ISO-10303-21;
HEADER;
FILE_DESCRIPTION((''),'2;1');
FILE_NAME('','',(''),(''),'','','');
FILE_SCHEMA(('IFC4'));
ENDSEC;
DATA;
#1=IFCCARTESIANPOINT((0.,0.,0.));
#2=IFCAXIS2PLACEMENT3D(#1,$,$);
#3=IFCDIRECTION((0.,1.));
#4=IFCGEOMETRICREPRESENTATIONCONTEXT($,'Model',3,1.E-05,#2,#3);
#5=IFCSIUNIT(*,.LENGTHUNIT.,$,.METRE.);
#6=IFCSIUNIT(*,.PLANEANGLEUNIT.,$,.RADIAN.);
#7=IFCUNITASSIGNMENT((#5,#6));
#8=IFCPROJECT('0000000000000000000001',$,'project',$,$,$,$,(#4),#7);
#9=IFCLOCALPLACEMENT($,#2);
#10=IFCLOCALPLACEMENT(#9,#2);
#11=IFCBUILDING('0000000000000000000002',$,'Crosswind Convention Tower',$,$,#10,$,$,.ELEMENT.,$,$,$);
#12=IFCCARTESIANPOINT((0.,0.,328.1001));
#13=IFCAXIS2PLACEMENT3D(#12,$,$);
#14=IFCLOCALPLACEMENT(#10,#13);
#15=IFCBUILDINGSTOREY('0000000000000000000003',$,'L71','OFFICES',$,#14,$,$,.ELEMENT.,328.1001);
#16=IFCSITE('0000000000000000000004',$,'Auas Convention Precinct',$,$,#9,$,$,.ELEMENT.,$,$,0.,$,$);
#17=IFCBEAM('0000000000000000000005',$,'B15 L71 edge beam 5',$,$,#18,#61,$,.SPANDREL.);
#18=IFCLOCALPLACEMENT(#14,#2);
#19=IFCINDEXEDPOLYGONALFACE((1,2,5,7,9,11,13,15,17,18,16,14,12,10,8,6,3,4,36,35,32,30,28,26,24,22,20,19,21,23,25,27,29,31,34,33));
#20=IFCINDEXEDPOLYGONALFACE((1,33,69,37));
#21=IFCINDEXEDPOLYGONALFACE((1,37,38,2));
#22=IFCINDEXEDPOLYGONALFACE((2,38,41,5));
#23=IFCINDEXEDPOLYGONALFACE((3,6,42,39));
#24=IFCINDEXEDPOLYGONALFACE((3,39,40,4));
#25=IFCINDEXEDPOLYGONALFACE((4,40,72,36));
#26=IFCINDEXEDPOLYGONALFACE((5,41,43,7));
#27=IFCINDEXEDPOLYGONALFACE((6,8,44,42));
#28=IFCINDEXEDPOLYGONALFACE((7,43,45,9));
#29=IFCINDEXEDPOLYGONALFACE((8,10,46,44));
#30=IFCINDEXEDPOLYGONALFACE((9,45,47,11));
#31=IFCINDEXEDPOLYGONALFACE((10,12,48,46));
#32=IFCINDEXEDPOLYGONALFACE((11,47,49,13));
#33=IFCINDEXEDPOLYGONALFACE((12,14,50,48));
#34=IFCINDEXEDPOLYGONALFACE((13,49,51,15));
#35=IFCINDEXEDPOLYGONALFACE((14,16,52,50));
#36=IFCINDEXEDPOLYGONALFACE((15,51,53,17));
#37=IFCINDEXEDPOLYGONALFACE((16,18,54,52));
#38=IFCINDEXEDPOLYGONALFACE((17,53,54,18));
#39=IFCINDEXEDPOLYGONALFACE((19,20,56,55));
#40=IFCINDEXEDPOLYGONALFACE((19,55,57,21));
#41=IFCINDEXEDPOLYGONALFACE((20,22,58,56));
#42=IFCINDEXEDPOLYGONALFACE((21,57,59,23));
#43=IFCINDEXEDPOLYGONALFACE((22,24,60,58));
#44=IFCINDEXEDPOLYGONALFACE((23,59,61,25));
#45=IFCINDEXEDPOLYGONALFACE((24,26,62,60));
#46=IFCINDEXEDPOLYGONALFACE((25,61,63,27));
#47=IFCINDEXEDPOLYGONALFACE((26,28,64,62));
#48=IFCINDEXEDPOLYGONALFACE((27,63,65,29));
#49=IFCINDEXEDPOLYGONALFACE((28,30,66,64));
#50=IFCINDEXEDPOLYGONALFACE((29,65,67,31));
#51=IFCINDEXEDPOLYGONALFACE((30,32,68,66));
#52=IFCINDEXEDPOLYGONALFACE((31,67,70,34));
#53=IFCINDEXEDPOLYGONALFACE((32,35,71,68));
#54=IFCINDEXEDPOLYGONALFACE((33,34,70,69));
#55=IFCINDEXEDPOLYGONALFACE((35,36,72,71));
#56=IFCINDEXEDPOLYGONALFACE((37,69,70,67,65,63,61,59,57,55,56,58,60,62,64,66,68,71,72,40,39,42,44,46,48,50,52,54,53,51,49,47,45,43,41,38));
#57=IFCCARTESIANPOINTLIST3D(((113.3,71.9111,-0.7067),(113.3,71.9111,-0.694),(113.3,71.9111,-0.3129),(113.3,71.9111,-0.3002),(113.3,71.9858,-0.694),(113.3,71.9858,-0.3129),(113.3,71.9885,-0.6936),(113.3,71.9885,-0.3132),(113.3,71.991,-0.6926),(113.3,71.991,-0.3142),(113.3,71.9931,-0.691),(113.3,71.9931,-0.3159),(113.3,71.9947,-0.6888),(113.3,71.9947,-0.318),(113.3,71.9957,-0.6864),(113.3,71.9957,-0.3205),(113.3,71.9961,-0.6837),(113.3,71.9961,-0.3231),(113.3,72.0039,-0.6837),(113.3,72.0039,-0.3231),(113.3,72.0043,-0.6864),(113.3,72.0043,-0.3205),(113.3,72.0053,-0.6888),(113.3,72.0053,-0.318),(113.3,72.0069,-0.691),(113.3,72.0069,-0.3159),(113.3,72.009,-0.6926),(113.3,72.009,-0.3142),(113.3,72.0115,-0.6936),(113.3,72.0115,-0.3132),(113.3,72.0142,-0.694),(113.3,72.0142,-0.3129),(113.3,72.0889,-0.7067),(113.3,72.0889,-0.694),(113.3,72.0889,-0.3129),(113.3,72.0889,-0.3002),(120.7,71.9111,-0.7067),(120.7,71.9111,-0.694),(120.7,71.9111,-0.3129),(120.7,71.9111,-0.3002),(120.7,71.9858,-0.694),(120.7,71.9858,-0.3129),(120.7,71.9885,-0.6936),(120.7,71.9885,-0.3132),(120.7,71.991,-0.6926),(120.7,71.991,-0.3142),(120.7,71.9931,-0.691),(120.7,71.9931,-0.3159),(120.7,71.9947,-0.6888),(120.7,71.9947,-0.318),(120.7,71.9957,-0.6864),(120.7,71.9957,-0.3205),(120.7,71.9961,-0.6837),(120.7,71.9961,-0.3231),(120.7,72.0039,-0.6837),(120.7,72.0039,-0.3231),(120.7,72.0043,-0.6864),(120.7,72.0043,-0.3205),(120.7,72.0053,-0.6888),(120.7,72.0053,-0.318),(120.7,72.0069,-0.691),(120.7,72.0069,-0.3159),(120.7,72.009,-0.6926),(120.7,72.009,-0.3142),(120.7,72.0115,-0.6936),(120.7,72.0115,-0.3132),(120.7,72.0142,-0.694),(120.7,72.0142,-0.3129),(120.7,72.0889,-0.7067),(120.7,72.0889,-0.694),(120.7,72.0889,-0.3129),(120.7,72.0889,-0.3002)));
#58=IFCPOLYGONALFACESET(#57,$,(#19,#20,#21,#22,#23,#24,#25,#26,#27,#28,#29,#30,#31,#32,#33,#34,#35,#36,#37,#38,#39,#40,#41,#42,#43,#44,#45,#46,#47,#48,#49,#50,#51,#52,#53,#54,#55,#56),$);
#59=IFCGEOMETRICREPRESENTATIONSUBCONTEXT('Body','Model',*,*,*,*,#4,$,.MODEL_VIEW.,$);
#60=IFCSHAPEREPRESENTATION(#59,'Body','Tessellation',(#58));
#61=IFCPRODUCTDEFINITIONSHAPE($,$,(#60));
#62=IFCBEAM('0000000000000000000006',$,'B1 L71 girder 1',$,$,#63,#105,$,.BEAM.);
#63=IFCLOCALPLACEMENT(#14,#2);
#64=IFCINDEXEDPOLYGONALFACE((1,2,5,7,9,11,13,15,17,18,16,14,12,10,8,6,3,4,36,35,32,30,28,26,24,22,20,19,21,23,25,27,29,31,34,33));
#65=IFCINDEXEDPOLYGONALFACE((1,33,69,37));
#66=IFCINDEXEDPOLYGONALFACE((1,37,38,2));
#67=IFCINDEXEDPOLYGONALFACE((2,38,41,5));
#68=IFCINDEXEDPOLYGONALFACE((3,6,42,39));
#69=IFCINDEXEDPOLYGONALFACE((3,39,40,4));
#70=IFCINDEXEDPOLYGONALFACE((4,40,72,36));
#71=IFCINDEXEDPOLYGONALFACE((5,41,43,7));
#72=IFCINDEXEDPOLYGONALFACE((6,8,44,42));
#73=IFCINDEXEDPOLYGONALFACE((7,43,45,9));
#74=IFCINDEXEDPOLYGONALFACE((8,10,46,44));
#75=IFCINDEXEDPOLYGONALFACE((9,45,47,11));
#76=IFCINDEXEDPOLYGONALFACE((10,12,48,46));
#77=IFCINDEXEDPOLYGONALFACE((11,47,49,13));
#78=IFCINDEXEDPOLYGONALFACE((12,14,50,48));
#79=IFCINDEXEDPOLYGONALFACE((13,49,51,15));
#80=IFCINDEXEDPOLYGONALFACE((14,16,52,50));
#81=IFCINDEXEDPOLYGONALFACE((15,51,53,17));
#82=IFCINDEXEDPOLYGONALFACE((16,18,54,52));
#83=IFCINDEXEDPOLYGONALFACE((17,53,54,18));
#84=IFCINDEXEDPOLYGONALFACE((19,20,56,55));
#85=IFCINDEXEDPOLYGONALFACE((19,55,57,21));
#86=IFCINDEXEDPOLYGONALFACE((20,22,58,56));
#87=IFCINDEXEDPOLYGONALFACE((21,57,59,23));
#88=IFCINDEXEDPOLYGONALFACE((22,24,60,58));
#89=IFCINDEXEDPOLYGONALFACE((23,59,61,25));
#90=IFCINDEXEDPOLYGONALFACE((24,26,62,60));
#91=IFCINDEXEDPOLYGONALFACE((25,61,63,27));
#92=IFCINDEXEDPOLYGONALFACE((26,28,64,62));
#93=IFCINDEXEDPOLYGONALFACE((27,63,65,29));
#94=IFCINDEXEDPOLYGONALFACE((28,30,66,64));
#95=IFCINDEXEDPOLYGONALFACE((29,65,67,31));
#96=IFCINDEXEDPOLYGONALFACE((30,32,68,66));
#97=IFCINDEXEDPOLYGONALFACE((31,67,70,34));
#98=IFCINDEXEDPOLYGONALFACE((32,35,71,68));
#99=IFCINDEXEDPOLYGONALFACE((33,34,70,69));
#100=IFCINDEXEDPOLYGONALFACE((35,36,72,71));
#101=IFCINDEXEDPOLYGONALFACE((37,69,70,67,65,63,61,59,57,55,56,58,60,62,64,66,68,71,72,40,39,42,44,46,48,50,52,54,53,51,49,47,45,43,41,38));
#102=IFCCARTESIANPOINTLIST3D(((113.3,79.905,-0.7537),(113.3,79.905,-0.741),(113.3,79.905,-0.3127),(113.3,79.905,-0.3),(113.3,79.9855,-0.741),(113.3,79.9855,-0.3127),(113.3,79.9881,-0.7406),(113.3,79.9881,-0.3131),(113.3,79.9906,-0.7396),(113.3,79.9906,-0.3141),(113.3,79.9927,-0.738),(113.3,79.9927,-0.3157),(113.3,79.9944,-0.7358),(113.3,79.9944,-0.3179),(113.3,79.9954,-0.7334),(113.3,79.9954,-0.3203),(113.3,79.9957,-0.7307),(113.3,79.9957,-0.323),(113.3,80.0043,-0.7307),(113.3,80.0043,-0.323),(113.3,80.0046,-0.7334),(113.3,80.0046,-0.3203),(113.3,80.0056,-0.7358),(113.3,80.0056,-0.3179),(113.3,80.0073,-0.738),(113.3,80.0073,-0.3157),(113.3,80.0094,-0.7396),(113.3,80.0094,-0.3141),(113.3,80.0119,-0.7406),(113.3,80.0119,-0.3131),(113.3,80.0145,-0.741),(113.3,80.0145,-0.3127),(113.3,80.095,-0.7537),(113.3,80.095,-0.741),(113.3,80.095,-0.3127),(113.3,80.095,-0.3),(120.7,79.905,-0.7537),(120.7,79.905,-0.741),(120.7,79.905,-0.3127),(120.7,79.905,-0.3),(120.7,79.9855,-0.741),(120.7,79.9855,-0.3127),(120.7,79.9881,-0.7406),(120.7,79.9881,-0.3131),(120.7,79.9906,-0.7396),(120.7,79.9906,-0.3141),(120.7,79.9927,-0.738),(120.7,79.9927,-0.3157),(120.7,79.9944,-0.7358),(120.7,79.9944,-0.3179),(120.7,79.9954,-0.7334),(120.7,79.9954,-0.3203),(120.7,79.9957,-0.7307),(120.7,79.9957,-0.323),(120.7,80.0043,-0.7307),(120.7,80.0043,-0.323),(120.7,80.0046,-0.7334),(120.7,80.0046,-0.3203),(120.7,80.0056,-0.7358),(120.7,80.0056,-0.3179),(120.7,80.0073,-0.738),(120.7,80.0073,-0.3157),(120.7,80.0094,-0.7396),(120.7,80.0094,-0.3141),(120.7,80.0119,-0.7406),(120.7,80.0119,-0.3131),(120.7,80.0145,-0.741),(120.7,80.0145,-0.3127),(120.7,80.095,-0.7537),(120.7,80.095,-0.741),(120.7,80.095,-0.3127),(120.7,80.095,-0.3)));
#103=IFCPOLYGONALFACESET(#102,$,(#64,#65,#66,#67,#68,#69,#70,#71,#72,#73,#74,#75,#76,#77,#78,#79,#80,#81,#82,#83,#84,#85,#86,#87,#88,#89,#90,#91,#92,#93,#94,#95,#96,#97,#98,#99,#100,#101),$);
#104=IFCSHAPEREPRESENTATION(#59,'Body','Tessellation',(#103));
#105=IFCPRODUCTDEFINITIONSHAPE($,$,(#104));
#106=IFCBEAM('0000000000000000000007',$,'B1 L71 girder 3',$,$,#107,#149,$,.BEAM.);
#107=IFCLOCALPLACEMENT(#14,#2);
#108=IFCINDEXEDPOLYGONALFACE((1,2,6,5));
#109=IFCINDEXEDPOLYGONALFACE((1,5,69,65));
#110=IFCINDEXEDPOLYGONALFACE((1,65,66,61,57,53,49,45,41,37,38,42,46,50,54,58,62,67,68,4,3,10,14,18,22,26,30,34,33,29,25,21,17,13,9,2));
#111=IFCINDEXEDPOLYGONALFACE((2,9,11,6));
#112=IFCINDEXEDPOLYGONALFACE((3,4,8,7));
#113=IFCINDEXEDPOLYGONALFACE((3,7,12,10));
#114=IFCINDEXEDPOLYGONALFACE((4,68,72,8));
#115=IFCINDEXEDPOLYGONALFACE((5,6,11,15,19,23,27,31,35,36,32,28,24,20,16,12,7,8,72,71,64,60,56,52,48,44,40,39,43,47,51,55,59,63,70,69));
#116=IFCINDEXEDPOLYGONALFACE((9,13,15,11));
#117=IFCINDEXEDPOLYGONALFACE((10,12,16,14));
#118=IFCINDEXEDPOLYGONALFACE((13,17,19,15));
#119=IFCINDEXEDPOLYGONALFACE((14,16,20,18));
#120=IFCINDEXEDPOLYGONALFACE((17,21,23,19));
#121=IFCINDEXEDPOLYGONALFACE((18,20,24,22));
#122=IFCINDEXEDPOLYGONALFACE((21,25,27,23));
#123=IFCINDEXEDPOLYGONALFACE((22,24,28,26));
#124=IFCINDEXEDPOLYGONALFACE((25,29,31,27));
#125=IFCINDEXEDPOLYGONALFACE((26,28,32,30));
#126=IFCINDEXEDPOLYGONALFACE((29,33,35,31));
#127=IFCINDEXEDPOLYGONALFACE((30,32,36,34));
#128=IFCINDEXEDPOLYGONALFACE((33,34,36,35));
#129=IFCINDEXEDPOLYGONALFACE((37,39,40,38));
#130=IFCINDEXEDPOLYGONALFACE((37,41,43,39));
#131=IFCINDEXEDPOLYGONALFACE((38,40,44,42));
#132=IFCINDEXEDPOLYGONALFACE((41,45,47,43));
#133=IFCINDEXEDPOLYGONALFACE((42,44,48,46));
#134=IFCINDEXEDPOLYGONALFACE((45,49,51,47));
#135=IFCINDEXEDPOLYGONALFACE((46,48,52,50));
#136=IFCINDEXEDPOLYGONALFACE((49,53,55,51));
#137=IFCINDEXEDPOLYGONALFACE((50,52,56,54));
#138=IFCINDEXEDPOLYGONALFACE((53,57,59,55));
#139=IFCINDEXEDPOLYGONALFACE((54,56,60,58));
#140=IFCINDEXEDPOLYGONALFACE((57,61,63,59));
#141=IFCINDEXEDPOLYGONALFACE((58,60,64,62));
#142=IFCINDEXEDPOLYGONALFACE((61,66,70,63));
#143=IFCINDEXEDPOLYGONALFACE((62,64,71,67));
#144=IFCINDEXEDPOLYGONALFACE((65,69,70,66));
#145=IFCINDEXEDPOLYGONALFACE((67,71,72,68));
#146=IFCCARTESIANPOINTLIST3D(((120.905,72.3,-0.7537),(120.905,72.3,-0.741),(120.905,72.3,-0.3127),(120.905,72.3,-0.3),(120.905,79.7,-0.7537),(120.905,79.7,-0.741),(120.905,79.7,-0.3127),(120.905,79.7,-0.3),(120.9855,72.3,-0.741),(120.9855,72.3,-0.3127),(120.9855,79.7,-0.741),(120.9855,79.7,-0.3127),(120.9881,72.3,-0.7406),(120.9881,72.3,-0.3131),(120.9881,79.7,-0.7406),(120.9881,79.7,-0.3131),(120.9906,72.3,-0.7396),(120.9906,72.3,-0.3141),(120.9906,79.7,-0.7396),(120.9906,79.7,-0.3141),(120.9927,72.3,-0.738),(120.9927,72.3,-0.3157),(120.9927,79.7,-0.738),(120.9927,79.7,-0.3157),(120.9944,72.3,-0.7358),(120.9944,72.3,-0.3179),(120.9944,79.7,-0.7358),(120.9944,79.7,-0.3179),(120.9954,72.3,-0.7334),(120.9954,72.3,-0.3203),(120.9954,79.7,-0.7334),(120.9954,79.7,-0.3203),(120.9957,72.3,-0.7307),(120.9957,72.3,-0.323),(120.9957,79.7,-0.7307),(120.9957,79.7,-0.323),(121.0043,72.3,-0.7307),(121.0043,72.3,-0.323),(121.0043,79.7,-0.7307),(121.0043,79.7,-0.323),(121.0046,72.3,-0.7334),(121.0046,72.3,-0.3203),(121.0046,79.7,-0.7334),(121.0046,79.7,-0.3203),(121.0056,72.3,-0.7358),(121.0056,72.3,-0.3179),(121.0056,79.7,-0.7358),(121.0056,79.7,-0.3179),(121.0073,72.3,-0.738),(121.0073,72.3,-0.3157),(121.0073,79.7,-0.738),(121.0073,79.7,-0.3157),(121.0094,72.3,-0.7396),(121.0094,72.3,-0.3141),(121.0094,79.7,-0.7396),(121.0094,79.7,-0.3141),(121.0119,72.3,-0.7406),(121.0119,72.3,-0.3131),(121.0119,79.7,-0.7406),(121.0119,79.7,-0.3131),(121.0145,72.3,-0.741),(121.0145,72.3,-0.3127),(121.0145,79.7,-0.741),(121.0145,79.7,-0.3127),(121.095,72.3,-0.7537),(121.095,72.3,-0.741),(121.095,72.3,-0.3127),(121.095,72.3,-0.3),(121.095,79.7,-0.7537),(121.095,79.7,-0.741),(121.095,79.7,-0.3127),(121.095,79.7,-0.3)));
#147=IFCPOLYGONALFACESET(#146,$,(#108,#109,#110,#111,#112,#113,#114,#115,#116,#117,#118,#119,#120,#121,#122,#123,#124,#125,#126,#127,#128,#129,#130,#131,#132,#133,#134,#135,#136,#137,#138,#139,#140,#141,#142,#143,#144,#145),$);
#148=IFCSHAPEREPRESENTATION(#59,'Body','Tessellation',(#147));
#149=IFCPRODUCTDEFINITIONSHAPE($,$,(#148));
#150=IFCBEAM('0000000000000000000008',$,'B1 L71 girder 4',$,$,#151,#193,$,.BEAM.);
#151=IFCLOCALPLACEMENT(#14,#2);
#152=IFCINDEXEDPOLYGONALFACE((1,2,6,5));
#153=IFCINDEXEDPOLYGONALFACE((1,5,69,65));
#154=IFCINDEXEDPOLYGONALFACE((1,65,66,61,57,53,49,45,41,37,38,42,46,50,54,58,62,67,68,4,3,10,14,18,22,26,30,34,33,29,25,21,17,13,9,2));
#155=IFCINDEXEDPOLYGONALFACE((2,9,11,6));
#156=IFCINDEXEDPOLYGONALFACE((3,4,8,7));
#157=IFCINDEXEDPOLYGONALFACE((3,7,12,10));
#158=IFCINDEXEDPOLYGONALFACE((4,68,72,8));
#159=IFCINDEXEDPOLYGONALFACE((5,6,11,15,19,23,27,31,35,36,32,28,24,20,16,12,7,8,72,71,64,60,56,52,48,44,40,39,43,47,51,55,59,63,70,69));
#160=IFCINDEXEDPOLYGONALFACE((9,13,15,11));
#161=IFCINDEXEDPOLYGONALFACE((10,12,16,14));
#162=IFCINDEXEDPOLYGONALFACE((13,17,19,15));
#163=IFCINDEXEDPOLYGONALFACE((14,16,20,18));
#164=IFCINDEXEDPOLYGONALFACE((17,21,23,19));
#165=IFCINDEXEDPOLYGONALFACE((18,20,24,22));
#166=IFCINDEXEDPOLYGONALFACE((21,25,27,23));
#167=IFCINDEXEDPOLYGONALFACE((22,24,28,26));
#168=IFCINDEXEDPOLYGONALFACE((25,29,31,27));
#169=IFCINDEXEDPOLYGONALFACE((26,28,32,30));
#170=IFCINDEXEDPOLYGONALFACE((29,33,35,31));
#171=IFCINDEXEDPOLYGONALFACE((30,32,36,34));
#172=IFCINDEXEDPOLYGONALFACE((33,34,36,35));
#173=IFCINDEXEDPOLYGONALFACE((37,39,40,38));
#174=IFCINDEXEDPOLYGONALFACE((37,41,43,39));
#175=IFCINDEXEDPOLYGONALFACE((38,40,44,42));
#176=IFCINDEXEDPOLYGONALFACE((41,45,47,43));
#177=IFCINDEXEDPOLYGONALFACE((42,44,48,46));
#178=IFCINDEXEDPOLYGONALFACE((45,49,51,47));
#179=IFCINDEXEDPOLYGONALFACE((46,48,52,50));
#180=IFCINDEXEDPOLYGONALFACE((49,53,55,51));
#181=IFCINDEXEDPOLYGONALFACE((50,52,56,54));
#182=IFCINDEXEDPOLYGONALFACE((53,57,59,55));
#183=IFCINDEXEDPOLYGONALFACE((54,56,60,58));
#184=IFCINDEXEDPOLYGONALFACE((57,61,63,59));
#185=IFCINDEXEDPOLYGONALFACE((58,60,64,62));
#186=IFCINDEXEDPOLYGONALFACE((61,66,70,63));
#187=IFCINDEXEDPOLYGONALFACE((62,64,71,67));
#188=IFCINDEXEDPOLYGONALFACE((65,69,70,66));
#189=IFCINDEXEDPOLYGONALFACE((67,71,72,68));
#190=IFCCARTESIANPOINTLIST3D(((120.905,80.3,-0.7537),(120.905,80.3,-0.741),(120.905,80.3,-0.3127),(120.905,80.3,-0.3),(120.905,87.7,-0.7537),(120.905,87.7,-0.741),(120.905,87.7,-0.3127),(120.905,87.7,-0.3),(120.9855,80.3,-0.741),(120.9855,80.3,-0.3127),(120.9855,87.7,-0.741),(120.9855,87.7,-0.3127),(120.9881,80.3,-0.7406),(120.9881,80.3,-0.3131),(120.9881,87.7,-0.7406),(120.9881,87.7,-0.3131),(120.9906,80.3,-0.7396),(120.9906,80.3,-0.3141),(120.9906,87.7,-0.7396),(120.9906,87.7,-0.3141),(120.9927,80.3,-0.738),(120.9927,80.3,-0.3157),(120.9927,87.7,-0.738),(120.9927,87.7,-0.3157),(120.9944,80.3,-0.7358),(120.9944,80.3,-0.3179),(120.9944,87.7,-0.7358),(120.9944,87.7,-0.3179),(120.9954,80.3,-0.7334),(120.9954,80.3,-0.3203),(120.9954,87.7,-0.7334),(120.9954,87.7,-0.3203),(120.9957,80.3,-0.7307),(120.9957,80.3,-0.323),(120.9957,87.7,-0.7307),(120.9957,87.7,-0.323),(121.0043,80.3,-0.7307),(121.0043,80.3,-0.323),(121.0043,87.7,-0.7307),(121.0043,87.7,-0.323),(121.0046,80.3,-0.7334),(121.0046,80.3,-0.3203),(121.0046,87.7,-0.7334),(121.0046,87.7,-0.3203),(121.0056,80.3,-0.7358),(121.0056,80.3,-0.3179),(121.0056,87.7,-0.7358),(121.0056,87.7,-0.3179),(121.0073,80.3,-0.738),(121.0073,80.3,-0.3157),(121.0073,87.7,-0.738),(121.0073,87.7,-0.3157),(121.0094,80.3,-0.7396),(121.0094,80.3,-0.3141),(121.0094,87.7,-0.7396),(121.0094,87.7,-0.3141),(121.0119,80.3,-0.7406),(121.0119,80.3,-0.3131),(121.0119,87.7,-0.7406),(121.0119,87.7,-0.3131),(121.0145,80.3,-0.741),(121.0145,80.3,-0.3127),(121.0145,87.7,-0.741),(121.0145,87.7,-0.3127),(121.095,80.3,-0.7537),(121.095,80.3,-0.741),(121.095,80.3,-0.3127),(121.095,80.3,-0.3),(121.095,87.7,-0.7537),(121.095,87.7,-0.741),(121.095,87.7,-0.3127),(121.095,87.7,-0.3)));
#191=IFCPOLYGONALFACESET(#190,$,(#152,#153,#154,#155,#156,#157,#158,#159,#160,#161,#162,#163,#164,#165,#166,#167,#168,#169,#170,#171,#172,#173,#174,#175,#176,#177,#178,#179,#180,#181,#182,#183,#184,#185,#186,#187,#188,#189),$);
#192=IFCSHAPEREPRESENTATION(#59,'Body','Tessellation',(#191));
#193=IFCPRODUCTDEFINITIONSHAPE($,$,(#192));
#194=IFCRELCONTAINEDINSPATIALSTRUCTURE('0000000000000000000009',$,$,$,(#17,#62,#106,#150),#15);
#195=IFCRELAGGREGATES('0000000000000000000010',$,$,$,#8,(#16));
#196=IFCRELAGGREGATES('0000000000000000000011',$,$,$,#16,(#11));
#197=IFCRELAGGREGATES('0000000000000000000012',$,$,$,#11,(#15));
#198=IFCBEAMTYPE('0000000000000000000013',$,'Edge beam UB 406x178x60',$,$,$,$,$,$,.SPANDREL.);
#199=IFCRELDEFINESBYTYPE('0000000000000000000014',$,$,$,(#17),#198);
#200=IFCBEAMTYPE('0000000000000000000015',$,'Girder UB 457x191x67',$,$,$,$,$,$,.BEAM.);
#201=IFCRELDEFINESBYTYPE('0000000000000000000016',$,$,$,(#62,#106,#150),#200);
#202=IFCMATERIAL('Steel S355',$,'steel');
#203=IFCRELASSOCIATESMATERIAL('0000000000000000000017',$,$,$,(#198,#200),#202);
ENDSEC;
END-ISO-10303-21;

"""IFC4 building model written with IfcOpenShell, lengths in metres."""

from ifc_helpers import new_model, si_unit, direction, frame, origin, origin_2d, place, context, subcontext, project, spatial, i_section, extrude, material, material_profile, profile_set, type_object, element, save


model = new_model("IFC4")

# Units and contexts
model_context = context("Model", 3, precision=1e-05, world=origin(), true_north=direction((0.0, 1.0)))
body_context = subcontext(model_context, "Body", "Model", "MODEL_VIEW")
ifc_project = project(units=[si_unit("LENGTHUNIT", "METRE"), si_unit("PLANEANGLEUNIT", "RADIAN")], contexts=[model_context])

# Site, building, storey
site_placement = place(None, origin())
site = spatial("IfcSite", under=ifc_project, at=site_placement, Name="Auas Convention Precinct", CompositionType="ELEMENT", RefElevation=0.0)
building_placement = place(site_placement, origin())
building = spatial("IfcBuilding", under=site, at=building_placement, Name="Crosswind Convention Tower", CompositionType="ELEMENT")
storey_placement = place(building_placement, frame((0.0, 0.0, 328.1001)))
storey = spatial("IfcBuildingStorey", under=building, at=storey_placement, Name="L71", Description="OFFICES", CompositionType="ELEMENT", Elevation=328.1001)

# Beams
ifc_material_1 = material(Name="Steel S355", Category="steel")
ifc_material_profile_1 = material_profile(ifc_material_1, i_section(OverallWidth=0.1777, OverallDepth=0.4065, WebThickness=0.0078, FlangeThickness=0.0127, FilletRadius=0.0103, at=origin_2d()), Name="UB 406x178x60")
ifc_profile_set_1 = profile_set([ifc_material_profile_1], Name="Steel S355")
beam_type_1 = type_object("IfcBeamType", Name="Edge beam UB 406x178x60", PredefinedType="SPANDREL", material=ifc_profile_set_1)
beam_1_placement = place(storey_placement, frame((113.3, 72.0, -0.5034), z_axis=(1.0, 0.0, 0.0), x_axis=(0.0, 1.0, 0.0)))
element("IfcBeam", 1, at=beam_1_placement, inside=storey, type_object=beam_type_1, Name="B15 L71 edge beam 5", PredefinedType="SPANDREL", context=body_context, shape_type="SweptSolid", body=[
    extrude(i_section(OverallWidth=0.1777, OverallDepth=0.4065, WebThickness=0.0078, FlangeThickness=0.0127, FilletRadius=0.0103, at=origin_2d()), origin(), (0.0, 0.0, 1.0), 7.3999),
])
ifc_material_profile_2 = material_profile(ifc_material_1, i_section(OverallWidth=0.1899, OverallDepth=0.4536, WebThickness=0.0085, FlangeThickness=0.0127, FilletRadius=0.0103, at=origin_2d()), Name="UB 457x191x67")
ifc_profile_set_2 = profile_set([ifc_material_profile_2], Name="Steel S355")
beam_type_2 = type_object("IfcBeamType", Name="Girder UB 457x191x67", PredefinedType="BEAM", material=ifc_profile_set_2)
for number, where, z_axis, x_axis, name in (
    (2, (113.3, 80.0, -0.5269), (1.0, 0.0, 0.0), (0.0, 1.0, 0.0), "B1 L71 girder 1"),
    (3, (121.0, 72.3, -0.5269), (0.0, 1.0, 0.0), (-1.0, 0.0, 0.0), "B1 L71 girder 3"),
    (4, (121.0, 80.3, -0.5269), (0.0, 1.0, 0.0), (-1.0, 0.0, 0.0), "B1 L71 girder 4"),
):
    element("IfcBeam", number, at=place(storey_placement, frame(where, z_axis=z_axis, x_axis=x_axis)), inside=storey, type_object=beam_type_2, Name=name, PredefinedType="BEAM", context=body_context, shape_type="SweptSolid", body=[
        extrude(i_section(OverallWidth=0.1899, OverallDepth=0.4536, WebThickness=0.0085, FlangeThickness=0.0127, FilletRadius=0.0103, at=origin_2d()), origin(), (0.0, 0.0, 1.0), 7.3999),
    ])

save(model, "model.ifc")
